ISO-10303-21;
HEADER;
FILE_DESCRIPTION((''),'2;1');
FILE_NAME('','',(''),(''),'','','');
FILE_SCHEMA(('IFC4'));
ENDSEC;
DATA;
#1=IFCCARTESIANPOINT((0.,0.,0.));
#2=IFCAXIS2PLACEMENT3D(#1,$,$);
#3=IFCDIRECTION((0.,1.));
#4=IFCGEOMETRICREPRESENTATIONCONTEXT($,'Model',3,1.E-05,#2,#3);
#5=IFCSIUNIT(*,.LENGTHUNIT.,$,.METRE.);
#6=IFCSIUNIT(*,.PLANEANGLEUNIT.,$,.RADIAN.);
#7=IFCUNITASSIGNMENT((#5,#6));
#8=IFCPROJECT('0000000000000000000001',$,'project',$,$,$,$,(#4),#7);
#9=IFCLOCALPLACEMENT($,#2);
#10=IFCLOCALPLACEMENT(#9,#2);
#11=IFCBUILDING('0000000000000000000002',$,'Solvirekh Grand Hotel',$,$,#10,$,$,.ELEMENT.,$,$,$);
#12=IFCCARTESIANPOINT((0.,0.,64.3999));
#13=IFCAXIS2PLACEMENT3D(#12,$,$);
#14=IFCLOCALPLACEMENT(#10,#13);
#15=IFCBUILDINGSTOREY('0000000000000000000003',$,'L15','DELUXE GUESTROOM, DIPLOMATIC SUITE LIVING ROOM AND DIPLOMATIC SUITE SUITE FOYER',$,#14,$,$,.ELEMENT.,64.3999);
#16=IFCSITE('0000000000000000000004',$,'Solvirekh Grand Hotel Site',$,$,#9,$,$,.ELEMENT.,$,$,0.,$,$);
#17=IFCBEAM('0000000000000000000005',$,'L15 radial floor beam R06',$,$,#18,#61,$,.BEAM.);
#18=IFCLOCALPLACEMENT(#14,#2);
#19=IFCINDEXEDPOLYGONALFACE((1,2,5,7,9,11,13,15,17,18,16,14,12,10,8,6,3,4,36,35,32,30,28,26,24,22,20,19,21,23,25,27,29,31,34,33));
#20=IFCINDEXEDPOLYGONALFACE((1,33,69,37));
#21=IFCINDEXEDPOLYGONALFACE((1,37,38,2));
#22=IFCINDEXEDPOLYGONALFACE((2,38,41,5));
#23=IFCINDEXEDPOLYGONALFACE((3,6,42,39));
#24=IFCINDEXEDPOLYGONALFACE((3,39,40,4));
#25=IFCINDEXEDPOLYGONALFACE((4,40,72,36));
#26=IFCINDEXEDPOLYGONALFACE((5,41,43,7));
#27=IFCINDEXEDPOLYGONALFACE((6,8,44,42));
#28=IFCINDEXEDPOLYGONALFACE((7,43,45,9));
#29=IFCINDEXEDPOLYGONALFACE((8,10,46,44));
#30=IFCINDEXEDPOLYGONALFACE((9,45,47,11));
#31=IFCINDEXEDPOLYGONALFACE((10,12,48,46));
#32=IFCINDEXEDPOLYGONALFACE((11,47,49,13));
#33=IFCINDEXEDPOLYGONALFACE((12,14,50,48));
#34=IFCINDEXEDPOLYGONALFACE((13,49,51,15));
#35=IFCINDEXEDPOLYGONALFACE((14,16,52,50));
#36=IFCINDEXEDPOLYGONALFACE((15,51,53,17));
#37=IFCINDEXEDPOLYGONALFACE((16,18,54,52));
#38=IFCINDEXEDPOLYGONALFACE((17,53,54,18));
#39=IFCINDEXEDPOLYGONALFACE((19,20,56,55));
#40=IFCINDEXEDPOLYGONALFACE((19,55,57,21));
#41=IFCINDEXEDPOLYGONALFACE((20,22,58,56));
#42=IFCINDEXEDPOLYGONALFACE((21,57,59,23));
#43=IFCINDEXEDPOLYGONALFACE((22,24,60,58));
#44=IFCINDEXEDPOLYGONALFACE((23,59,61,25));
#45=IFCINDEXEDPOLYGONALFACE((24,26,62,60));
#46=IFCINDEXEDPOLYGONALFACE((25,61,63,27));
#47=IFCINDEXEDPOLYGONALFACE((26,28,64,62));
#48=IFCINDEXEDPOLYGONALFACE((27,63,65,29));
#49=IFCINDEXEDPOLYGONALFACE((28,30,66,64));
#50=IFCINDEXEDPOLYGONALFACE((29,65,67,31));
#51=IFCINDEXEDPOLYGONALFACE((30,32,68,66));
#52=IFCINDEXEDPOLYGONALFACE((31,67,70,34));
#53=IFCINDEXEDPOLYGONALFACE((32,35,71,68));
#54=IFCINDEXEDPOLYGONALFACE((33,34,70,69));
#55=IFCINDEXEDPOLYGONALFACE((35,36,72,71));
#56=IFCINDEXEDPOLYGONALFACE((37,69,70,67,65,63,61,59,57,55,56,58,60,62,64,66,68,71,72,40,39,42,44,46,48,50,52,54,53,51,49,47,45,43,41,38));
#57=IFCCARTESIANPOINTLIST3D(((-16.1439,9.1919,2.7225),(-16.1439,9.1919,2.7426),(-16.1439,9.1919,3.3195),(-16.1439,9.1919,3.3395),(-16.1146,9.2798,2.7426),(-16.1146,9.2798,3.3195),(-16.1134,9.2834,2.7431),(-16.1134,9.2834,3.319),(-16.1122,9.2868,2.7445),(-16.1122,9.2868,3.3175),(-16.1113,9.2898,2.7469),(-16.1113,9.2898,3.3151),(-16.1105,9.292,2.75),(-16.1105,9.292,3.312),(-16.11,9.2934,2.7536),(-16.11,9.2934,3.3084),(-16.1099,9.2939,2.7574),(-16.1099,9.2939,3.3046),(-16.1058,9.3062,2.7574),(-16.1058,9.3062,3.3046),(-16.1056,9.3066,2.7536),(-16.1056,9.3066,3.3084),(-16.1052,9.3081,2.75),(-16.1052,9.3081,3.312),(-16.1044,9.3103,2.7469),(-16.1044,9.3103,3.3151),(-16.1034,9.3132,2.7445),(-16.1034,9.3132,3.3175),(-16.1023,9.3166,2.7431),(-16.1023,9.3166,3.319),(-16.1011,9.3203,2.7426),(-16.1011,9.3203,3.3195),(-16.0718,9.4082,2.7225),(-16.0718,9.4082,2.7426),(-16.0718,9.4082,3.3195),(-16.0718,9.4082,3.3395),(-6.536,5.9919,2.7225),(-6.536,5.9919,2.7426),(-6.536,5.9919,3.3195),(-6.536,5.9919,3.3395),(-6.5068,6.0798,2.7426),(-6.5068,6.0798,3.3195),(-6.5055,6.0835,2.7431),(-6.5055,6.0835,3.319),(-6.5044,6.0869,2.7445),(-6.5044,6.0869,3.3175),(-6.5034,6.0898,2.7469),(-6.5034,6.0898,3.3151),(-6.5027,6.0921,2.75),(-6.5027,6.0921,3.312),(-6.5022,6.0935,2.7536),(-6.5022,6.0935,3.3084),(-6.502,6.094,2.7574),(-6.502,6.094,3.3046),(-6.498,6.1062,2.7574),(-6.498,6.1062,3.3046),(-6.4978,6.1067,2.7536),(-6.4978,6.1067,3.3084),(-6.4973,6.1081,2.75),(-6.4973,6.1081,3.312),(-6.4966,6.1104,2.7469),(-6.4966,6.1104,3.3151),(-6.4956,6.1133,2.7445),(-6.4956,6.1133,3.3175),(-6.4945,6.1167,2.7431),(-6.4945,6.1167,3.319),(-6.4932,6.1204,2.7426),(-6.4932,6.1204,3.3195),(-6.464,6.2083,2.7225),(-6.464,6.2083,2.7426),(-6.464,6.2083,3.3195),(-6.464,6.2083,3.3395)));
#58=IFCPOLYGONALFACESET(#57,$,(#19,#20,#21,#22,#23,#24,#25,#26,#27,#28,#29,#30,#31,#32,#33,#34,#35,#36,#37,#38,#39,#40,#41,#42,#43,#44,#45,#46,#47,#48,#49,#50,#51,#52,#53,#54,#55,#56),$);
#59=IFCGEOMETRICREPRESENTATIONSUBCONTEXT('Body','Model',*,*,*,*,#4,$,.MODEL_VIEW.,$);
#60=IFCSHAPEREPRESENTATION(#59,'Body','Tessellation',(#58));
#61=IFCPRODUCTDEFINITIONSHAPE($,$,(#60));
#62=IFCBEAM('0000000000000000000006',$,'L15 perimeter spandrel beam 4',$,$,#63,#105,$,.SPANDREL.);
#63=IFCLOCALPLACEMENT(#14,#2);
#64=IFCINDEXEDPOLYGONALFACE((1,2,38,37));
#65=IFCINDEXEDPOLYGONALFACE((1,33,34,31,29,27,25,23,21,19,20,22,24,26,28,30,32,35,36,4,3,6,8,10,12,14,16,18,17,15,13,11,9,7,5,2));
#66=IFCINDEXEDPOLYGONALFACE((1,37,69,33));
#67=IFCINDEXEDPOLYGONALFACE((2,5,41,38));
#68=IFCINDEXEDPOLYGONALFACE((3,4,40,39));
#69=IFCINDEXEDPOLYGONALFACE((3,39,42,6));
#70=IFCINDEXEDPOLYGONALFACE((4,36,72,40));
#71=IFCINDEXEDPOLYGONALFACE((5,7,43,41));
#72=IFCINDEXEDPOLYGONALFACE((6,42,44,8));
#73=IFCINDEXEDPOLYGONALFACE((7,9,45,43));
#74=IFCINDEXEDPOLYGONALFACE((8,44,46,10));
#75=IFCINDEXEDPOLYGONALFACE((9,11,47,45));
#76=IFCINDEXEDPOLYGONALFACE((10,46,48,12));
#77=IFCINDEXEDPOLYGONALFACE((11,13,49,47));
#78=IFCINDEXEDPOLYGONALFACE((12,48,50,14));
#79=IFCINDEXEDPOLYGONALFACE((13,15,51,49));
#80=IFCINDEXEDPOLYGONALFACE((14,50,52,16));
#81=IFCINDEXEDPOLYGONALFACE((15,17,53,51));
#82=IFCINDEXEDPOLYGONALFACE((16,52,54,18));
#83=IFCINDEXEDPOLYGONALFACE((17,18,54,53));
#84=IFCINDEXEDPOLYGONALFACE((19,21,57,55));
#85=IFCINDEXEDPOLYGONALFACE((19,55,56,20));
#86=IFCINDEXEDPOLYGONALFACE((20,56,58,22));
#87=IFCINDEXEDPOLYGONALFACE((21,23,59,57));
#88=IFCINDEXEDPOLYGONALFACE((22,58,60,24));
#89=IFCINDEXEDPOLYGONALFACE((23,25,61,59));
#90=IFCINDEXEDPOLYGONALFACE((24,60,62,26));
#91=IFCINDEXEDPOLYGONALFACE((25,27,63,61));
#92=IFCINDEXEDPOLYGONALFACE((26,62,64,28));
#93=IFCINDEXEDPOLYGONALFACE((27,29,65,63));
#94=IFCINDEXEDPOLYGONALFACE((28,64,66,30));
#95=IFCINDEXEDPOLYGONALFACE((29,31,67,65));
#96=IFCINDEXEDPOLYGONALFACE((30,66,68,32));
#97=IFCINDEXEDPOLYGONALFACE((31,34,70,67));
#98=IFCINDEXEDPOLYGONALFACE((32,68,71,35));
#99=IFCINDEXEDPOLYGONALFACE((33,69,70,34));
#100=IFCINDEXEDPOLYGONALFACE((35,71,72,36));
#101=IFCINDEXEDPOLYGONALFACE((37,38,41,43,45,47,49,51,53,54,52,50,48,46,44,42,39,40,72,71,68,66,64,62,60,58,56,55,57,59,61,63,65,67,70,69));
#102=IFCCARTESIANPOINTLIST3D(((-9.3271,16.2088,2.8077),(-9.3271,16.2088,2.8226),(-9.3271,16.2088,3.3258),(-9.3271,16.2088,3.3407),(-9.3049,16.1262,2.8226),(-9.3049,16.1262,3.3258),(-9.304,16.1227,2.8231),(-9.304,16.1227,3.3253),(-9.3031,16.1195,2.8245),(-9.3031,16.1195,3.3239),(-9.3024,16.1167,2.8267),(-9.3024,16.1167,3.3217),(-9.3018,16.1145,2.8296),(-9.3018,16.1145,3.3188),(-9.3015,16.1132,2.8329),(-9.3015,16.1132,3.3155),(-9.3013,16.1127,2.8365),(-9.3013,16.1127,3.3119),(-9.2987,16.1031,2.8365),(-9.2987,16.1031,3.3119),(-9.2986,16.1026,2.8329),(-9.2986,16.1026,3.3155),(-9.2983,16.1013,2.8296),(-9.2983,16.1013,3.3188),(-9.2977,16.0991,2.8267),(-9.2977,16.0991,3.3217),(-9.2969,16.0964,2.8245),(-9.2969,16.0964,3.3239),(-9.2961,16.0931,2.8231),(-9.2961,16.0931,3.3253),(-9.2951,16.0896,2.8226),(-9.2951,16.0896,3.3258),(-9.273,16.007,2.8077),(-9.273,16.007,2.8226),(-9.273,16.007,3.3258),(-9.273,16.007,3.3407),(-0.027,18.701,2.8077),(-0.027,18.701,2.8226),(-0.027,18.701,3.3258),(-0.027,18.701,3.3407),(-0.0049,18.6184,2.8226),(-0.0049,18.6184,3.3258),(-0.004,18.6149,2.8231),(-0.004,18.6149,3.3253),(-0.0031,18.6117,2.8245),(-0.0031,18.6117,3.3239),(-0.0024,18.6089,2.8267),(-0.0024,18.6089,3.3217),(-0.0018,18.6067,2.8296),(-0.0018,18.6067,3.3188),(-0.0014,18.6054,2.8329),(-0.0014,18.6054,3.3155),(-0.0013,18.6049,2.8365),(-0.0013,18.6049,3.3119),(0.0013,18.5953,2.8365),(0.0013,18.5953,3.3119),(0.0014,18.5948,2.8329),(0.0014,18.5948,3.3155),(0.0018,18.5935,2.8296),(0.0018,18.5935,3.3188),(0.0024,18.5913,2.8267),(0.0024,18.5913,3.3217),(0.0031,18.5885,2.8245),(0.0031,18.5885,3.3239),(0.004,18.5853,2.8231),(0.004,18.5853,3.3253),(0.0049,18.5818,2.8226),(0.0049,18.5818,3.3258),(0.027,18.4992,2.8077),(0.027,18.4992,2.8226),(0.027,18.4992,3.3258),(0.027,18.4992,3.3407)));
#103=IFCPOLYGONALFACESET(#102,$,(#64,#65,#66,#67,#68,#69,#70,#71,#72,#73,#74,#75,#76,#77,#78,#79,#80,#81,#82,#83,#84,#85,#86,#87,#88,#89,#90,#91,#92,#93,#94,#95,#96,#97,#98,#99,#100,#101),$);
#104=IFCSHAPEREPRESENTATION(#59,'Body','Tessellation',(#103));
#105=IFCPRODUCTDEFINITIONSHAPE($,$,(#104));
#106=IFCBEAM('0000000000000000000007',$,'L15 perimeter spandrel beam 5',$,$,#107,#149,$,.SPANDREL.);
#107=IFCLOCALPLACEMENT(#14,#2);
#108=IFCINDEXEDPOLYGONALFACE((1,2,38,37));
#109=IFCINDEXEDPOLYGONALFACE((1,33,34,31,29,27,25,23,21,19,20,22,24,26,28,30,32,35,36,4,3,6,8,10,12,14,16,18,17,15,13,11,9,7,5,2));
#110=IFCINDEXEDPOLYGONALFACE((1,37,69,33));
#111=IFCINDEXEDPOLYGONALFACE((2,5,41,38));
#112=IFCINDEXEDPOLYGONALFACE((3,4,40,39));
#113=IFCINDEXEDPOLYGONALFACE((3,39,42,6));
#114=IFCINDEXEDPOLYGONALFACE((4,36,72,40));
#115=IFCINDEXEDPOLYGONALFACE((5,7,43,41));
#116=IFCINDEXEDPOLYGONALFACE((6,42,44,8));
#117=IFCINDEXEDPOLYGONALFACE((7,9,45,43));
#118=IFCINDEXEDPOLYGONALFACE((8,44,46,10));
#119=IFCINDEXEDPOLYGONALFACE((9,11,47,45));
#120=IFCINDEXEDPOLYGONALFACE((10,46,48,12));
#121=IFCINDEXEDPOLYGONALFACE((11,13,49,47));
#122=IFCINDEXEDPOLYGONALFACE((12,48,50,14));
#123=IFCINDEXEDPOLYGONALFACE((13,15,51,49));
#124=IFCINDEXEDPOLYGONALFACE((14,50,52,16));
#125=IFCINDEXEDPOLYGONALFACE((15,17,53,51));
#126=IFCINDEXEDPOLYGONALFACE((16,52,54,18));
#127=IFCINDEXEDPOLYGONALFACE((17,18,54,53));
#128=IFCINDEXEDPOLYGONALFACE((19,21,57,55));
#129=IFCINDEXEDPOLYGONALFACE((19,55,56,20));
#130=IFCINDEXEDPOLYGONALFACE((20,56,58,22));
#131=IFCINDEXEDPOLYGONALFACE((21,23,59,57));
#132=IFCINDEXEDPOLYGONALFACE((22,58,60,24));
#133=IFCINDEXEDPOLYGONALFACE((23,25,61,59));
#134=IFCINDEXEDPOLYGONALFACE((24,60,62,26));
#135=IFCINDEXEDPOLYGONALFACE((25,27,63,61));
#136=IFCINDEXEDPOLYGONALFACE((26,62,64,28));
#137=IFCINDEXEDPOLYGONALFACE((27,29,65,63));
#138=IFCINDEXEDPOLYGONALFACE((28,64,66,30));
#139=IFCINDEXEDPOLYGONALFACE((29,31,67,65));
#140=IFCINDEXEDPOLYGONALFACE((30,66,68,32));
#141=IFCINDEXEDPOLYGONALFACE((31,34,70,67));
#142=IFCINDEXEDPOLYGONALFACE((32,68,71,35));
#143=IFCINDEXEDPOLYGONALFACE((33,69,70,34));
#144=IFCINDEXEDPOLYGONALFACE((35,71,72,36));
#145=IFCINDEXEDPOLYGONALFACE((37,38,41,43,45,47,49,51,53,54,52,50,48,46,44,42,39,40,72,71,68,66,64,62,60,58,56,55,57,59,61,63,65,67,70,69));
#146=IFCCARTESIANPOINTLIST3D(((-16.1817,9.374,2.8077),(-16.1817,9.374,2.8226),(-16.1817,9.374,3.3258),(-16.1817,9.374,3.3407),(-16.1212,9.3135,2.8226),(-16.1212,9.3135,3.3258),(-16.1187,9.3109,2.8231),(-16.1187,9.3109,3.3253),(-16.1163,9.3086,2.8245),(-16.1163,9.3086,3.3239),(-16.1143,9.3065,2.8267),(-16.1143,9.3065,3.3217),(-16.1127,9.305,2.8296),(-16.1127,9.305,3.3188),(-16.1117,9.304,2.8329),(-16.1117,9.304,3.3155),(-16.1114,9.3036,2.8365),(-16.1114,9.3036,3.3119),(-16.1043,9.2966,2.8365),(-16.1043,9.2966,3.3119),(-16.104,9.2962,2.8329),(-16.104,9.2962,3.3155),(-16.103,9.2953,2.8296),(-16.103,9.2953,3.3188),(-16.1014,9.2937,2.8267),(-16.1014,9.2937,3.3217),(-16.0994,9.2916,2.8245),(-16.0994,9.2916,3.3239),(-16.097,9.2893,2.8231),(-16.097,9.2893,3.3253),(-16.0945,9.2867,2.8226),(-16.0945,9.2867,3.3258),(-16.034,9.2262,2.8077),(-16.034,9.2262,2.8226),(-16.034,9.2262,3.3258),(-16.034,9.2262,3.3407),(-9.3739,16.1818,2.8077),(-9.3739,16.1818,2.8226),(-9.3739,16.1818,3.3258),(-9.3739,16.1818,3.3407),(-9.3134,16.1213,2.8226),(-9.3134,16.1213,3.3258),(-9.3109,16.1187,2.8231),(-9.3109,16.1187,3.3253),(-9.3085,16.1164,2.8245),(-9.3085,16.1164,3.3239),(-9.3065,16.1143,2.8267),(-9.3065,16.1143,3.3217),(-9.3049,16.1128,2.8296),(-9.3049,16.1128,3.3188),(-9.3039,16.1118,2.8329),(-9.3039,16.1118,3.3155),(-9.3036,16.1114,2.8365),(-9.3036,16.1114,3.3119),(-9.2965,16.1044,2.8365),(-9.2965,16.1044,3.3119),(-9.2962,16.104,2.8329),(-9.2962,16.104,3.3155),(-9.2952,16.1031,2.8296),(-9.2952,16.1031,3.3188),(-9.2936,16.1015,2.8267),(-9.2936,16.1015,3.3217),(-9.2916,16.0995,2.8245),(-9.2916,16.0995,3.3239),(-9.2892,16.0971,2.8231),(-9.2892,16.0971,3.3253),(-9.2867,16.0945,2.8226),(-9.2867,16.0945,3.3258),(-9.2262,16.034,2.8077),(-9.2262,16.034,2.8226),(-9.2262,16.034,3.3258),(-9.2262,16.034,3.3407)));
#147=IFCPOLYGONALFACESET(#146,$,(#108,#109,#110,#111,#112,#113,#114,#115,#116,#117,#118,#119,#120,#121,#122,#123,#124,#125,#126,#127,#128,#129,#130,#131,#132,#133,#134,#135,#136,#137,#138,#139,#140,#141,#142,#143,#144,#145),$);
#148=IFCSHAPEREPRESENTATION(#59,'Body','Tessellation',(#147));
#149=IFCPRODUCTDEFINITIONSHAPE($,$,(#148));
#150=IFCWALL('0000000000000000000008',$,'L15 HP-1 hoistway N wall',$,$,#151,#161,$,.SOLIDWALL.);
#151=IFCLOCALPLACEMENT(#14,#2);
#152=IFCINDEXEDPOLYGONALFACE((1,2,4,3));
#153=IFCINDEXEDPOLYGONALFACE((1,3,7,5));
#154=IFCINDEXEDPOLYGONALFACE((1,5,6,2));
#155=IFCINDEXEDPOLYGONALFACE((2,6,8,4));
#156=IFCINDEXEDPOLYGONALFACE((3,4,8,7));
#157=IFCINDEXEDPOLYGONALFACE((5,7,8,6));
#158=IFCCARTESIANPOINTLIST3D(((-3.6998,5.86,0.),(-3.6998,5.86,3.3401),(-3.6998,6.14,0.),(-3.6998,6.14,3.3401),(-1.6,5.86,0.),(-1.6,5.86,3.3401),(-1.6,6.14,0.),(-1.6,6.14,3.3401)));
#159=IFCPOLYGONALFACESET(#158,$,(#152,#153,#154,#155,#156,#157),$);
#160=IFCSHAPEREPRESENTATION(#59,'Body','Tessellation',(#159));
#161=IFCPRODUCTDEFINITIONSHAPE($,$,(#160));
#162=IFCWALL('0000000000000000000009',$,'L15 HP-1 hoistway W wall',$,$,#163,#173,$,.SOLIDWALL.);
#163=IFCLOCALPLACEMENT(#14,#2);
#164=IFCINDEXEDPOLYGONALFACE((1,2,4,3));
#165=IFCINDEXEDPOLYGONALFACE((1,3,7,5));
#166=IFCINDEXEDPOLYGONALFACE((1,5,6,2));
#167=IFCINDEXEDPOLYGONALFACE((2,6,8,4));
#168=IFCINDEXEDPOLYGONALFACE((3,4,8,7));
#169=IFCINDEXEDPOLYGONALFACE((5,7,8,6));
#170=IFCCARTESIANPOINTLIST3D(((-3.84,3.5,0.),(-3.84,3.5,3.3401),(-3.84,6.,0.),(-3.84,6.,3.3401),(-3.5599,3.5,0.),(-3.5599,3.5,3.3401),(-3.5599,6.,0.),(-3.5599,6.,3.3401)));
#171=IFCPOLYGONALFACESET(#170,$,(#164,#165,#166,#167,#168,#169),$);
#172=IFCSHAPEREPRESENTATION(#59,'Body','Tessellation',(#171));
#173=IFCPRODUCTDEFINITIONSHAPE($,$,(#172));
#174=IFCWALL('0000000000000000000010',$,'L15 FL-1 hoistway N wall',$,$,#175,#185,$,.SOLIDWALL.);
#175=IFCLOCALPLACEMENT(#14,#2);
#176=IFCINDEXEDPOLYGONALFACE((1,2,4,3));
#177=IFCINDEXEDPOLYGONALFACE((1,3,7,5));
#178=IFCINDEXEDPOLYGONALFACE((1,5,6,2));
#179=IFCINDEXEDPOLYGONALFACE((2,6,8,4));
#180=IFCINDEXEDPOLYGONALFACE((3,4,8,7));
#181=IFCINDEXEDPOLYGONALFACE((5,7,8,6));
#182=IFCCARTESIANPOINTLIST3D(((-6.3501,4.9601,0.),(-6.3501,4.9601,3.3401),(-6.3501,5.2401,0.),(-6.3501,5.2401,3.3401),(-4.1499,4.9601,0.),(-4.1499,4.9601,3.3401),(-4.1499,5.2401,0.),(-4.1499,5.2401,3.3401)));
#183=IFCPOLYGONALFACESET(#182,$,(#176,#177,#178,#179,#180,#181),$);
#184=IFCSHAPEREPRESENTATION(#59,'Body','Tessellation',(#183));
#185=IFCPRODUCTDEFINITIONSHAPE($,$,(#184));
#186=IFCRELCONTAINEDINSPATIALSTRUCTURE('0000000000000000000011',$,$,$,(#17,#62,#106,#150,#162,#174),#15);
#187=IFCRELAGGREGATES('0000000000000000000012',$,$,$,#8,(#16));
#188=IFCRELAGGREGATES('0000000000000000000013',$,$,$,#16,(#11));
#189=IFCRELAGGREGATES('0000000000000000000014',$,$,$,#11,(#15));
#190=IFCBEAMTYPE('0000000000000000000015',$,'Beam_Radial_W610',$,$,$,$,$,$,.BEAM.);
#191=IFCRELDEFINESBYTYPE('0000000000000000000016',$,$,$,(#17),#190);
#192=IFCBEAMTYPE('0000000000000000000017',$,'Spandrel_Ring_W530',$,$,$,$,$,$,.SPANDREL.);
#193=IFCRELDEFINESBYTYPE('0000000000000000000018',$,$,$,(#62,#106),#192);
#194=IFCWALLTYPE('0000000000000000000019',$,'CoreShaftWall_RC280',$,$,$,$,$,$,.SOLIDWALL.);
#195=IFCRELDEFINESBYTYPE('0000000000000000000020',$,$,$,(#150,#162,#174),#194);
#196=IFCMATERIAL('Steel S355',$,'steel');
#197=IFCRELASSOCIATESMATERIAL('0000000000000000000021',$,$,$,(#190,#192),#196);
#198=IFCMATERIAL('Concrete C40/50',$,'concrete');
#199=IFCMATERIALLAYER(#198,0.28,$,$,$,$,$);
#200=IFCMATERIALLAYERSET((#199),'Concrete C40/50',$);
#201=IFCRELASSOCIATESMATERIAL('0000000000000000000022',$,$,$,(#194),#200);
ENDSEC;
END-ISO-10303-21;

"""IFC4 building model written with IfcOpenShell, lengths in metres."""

from ifc_helpers import new_model, si_unit, direction, frame, frame_2d, origin, origin_2d, place, context, subcontext, project, spatial, rectangle, i_section, extrude, material, layer, layer_set, material_profile, profile_set, type_object, element, save


model = new_model("IFC4")

# Units and contexts
model_context = context("Model", 3, precision=1e-05, world=origin(), true_north=direction((0.0, 1.0)))
body_context = subcontext(model_context, "Body", "Model", "MODEL_VIEW")
ifc_project = project(units=[si_unit("LENGTHUNIT", "METRE"), si_unit("PLANEANGLEUNIT", "RADIAN")], contexts=[model_context])

# Site, building, storey
site_placement = place(None, origin())
site = spatial("IfcSite", under=ifc_project, at=site_placement, Name="Solvirekh Grand Hotel Site", CompositionType="ELEMENT", RefElevation=0.0)
building_placement = place(site_placement, origin())
building = spatial("IfcBuilding", under=site, at=building_placement, Name="Solvirekh Grand Hotel", CompositionType="ELEMENT")
storey_placement = place(building_placement, frame((0.0, 0.0, 64.3999)))
storey = spatial("IfcBuildingStorey", under=building, at=storey_placement, Name="L15", Description="DELUXE GUESTROOM, DIPLOMATIC SUITE LIVING ROOM AND DIPLOMATIC SUITE SUITE FOYER", CompositionType="ELEMENT", Elevation=64.3999)

# Beams
ifc_material_1 = material(Name="Steel S355", Category="steel")
ifc_material_profile_1 = material_profile(ifc_material_1, i_section(OverallWidth=0.228, OverallDepth=0.6169, WebThickness=0.0129, FlangeThickness=0.02, FilletRadius=0.0149, at=origin_2d()), Name="W610X140")
ifc_profile_set_1 = profile_set([ifc_material_profile_1], Name="Steel S355")
beam_type_1 = type_object("IfcBeamType", Name="Beam_Radial_W610", PredefinedType="BEAM", material=ifc_profile_set_1)
beam_1_placement = place(storey_placement, frame((-6.5, 6.1001, 3.031), z_axis=(-0.948763, 0.315989, 0.0), x_axis=(-0.315989, -0.948763, 0.0)))
element("IfcBeam", 1, at=beam_1_placement, inside=storey, type_object=beam_type_1, Name="L15 radial floor beam R06", PredefinedType="BEAM", context=body_context, shape_type="SweptSolid", body=[
    extrude(i_section(OverallWidth=0.228, OverallDepth=0.6169, WebThickness=0.0129, FlangeThickness=0.02, FilletRadius=0.0149, at=origin_2d()), origin(), (0.0, 0.0, 1.0), 10.1267),
])
ifc_material_profile_2 = material_profile(ifc_material_1, i_section(OverallWidth=0.209, OverallDepth=0.533, WebThickness=0.01, FlangeThickness=0.0149, FilletRadius=0.0139, at=origin_2d()), Name="W530X92")
ifc_profile_set_2 = profile_set([ifc_material_profile_2], Name="Steel S355")
beam_type_2 = type_object("IfcBeamType", Name="Spandrel_Ring_W530", PredefinedType="SPANDREL", material=ifc_profile_set_2)
beam_2_placement = place(storey_placement, frame((0.0, 18.6001, 3.0742), z_axis=(-0.965919, -0.258843, 0.0), x_axis=(0.258843, -0.965919, 0.0)))
element("IfcBeam", 2, at=beam_2_placement, inside=storey, type_object=beam_type_2, Name="L15 perimeter spandrel beam 4", PredefinedType="SPANDREL", context=body_context, shape_type="SweptSolid", body=[
    extrude(i_section(OverallWidth=0.209, OverallDepth=0.533, WebThickness=0.01, FlangeThickness=0.0149, FilletRadius=0.0139, at=origin_2d()), origin(), (0.0, 0.0, 1.0), 9.6282),
])
beam_3_placement = place(storey_placement, frame((-9.3, 16.1079, 3.0742), z_axis=(-0.707107, -0.707107, 0.0), x_axis=(0.707107, -0.707107, 0.0)))
element("IfcBeam", 3, at=beam_3_placement, inside=storey, type_object=beam_type_2, Name="L15 perimeter spandrel beam 5", PredefinedType="SPANDREL", context=body_context, shape_type="SweptSolid", body=[
    extrude(i_section(OverallWidth=0.209, OverallDepth=0.533, WebThickness=0.01, FlangeThickness=0.0149, FilletRadius=0.0139, at=origin_2d()), origin(), (0.0, 0.0, 1.0), 9.6277),
])

# Walls
ifc_material_2 = material(Name="Concrete C40/50", Category="concrete")
ifc_layer_1 = layer(ifc_material_2, 0.28)
ifc_layer_set_1 = layer_set([ifc_layer_1], Name="Concrete C40/50")
wall_type_1 = type_object("IfcWallType", Name="CoreShaftWall_RC280", PredefinedType="SOLIDWALL", material=ifc_layer_set_1)
wall_1_placement = place(storey_placement, frame((-1.6001, 6.0, 0.0), z_axis=(0.0, 0.0, 1.0), x_axis=(-1.0, 0.0, 0.0)))
element("IfcWall", 4, at=wall_1_placement, inside=storey, type_object=wall_type_1, Name="L15 HP-1 hoistway N wall", PredefinedType="SOLIDWALL", context=body_context, shape_type="SweptSolid", body=[
    extrude(rectangle(XDim=2.0999, YDim=0.28, at=frame_2d((1.0498, 0.0))), origin(), (0.0, 0.0, 1.0), 3.3401),
])
wall_2_placement = place(storey_placement, frame((-3.7, 6.0, 0.0), z_axis=(0.0, 0.0, 1.0), x_axis=(0.0, -1.0, 0.0)))
element("IfcWall", 5, at=wall_2_placement, inside=storey, type_object=wall_type_1, Name="L15 HP-1 hoistway W wall", PredefinedType="SOLIDWALL", context=body_context, shape_type="SweptSolid", body=[
    extrude(rectangle(XDim=2.5, YDim=0.28, at=frame_2d((1.25, 0.0))), origin(), (0.0, 0.0, 1.0), 3.3401),
])
wall_3_placement = place(storey_placement, frame((-4.1499, 5.1001, 0.0), z_axis=(0.0, 0.0, 1.0), x_axis=(-1.0, 0.0, 0.0)))
element("IfcWall", 6, at=wall_3_placement, inside=storey, type_object=wall_type_1, Name="L15 FL-1 hoistway N wall", PredefinedType="SOLIDWALL", context=body_context, shape_type="SweptSolid", body=[
    extrude(rectangle(XDim=2.2002, YDim=0.28, at=frame_2d((1.1001, 0.0))), origin(), (0.0, 0.0, 1.0), 3.3401),
])

save(model, "model.ifc")
